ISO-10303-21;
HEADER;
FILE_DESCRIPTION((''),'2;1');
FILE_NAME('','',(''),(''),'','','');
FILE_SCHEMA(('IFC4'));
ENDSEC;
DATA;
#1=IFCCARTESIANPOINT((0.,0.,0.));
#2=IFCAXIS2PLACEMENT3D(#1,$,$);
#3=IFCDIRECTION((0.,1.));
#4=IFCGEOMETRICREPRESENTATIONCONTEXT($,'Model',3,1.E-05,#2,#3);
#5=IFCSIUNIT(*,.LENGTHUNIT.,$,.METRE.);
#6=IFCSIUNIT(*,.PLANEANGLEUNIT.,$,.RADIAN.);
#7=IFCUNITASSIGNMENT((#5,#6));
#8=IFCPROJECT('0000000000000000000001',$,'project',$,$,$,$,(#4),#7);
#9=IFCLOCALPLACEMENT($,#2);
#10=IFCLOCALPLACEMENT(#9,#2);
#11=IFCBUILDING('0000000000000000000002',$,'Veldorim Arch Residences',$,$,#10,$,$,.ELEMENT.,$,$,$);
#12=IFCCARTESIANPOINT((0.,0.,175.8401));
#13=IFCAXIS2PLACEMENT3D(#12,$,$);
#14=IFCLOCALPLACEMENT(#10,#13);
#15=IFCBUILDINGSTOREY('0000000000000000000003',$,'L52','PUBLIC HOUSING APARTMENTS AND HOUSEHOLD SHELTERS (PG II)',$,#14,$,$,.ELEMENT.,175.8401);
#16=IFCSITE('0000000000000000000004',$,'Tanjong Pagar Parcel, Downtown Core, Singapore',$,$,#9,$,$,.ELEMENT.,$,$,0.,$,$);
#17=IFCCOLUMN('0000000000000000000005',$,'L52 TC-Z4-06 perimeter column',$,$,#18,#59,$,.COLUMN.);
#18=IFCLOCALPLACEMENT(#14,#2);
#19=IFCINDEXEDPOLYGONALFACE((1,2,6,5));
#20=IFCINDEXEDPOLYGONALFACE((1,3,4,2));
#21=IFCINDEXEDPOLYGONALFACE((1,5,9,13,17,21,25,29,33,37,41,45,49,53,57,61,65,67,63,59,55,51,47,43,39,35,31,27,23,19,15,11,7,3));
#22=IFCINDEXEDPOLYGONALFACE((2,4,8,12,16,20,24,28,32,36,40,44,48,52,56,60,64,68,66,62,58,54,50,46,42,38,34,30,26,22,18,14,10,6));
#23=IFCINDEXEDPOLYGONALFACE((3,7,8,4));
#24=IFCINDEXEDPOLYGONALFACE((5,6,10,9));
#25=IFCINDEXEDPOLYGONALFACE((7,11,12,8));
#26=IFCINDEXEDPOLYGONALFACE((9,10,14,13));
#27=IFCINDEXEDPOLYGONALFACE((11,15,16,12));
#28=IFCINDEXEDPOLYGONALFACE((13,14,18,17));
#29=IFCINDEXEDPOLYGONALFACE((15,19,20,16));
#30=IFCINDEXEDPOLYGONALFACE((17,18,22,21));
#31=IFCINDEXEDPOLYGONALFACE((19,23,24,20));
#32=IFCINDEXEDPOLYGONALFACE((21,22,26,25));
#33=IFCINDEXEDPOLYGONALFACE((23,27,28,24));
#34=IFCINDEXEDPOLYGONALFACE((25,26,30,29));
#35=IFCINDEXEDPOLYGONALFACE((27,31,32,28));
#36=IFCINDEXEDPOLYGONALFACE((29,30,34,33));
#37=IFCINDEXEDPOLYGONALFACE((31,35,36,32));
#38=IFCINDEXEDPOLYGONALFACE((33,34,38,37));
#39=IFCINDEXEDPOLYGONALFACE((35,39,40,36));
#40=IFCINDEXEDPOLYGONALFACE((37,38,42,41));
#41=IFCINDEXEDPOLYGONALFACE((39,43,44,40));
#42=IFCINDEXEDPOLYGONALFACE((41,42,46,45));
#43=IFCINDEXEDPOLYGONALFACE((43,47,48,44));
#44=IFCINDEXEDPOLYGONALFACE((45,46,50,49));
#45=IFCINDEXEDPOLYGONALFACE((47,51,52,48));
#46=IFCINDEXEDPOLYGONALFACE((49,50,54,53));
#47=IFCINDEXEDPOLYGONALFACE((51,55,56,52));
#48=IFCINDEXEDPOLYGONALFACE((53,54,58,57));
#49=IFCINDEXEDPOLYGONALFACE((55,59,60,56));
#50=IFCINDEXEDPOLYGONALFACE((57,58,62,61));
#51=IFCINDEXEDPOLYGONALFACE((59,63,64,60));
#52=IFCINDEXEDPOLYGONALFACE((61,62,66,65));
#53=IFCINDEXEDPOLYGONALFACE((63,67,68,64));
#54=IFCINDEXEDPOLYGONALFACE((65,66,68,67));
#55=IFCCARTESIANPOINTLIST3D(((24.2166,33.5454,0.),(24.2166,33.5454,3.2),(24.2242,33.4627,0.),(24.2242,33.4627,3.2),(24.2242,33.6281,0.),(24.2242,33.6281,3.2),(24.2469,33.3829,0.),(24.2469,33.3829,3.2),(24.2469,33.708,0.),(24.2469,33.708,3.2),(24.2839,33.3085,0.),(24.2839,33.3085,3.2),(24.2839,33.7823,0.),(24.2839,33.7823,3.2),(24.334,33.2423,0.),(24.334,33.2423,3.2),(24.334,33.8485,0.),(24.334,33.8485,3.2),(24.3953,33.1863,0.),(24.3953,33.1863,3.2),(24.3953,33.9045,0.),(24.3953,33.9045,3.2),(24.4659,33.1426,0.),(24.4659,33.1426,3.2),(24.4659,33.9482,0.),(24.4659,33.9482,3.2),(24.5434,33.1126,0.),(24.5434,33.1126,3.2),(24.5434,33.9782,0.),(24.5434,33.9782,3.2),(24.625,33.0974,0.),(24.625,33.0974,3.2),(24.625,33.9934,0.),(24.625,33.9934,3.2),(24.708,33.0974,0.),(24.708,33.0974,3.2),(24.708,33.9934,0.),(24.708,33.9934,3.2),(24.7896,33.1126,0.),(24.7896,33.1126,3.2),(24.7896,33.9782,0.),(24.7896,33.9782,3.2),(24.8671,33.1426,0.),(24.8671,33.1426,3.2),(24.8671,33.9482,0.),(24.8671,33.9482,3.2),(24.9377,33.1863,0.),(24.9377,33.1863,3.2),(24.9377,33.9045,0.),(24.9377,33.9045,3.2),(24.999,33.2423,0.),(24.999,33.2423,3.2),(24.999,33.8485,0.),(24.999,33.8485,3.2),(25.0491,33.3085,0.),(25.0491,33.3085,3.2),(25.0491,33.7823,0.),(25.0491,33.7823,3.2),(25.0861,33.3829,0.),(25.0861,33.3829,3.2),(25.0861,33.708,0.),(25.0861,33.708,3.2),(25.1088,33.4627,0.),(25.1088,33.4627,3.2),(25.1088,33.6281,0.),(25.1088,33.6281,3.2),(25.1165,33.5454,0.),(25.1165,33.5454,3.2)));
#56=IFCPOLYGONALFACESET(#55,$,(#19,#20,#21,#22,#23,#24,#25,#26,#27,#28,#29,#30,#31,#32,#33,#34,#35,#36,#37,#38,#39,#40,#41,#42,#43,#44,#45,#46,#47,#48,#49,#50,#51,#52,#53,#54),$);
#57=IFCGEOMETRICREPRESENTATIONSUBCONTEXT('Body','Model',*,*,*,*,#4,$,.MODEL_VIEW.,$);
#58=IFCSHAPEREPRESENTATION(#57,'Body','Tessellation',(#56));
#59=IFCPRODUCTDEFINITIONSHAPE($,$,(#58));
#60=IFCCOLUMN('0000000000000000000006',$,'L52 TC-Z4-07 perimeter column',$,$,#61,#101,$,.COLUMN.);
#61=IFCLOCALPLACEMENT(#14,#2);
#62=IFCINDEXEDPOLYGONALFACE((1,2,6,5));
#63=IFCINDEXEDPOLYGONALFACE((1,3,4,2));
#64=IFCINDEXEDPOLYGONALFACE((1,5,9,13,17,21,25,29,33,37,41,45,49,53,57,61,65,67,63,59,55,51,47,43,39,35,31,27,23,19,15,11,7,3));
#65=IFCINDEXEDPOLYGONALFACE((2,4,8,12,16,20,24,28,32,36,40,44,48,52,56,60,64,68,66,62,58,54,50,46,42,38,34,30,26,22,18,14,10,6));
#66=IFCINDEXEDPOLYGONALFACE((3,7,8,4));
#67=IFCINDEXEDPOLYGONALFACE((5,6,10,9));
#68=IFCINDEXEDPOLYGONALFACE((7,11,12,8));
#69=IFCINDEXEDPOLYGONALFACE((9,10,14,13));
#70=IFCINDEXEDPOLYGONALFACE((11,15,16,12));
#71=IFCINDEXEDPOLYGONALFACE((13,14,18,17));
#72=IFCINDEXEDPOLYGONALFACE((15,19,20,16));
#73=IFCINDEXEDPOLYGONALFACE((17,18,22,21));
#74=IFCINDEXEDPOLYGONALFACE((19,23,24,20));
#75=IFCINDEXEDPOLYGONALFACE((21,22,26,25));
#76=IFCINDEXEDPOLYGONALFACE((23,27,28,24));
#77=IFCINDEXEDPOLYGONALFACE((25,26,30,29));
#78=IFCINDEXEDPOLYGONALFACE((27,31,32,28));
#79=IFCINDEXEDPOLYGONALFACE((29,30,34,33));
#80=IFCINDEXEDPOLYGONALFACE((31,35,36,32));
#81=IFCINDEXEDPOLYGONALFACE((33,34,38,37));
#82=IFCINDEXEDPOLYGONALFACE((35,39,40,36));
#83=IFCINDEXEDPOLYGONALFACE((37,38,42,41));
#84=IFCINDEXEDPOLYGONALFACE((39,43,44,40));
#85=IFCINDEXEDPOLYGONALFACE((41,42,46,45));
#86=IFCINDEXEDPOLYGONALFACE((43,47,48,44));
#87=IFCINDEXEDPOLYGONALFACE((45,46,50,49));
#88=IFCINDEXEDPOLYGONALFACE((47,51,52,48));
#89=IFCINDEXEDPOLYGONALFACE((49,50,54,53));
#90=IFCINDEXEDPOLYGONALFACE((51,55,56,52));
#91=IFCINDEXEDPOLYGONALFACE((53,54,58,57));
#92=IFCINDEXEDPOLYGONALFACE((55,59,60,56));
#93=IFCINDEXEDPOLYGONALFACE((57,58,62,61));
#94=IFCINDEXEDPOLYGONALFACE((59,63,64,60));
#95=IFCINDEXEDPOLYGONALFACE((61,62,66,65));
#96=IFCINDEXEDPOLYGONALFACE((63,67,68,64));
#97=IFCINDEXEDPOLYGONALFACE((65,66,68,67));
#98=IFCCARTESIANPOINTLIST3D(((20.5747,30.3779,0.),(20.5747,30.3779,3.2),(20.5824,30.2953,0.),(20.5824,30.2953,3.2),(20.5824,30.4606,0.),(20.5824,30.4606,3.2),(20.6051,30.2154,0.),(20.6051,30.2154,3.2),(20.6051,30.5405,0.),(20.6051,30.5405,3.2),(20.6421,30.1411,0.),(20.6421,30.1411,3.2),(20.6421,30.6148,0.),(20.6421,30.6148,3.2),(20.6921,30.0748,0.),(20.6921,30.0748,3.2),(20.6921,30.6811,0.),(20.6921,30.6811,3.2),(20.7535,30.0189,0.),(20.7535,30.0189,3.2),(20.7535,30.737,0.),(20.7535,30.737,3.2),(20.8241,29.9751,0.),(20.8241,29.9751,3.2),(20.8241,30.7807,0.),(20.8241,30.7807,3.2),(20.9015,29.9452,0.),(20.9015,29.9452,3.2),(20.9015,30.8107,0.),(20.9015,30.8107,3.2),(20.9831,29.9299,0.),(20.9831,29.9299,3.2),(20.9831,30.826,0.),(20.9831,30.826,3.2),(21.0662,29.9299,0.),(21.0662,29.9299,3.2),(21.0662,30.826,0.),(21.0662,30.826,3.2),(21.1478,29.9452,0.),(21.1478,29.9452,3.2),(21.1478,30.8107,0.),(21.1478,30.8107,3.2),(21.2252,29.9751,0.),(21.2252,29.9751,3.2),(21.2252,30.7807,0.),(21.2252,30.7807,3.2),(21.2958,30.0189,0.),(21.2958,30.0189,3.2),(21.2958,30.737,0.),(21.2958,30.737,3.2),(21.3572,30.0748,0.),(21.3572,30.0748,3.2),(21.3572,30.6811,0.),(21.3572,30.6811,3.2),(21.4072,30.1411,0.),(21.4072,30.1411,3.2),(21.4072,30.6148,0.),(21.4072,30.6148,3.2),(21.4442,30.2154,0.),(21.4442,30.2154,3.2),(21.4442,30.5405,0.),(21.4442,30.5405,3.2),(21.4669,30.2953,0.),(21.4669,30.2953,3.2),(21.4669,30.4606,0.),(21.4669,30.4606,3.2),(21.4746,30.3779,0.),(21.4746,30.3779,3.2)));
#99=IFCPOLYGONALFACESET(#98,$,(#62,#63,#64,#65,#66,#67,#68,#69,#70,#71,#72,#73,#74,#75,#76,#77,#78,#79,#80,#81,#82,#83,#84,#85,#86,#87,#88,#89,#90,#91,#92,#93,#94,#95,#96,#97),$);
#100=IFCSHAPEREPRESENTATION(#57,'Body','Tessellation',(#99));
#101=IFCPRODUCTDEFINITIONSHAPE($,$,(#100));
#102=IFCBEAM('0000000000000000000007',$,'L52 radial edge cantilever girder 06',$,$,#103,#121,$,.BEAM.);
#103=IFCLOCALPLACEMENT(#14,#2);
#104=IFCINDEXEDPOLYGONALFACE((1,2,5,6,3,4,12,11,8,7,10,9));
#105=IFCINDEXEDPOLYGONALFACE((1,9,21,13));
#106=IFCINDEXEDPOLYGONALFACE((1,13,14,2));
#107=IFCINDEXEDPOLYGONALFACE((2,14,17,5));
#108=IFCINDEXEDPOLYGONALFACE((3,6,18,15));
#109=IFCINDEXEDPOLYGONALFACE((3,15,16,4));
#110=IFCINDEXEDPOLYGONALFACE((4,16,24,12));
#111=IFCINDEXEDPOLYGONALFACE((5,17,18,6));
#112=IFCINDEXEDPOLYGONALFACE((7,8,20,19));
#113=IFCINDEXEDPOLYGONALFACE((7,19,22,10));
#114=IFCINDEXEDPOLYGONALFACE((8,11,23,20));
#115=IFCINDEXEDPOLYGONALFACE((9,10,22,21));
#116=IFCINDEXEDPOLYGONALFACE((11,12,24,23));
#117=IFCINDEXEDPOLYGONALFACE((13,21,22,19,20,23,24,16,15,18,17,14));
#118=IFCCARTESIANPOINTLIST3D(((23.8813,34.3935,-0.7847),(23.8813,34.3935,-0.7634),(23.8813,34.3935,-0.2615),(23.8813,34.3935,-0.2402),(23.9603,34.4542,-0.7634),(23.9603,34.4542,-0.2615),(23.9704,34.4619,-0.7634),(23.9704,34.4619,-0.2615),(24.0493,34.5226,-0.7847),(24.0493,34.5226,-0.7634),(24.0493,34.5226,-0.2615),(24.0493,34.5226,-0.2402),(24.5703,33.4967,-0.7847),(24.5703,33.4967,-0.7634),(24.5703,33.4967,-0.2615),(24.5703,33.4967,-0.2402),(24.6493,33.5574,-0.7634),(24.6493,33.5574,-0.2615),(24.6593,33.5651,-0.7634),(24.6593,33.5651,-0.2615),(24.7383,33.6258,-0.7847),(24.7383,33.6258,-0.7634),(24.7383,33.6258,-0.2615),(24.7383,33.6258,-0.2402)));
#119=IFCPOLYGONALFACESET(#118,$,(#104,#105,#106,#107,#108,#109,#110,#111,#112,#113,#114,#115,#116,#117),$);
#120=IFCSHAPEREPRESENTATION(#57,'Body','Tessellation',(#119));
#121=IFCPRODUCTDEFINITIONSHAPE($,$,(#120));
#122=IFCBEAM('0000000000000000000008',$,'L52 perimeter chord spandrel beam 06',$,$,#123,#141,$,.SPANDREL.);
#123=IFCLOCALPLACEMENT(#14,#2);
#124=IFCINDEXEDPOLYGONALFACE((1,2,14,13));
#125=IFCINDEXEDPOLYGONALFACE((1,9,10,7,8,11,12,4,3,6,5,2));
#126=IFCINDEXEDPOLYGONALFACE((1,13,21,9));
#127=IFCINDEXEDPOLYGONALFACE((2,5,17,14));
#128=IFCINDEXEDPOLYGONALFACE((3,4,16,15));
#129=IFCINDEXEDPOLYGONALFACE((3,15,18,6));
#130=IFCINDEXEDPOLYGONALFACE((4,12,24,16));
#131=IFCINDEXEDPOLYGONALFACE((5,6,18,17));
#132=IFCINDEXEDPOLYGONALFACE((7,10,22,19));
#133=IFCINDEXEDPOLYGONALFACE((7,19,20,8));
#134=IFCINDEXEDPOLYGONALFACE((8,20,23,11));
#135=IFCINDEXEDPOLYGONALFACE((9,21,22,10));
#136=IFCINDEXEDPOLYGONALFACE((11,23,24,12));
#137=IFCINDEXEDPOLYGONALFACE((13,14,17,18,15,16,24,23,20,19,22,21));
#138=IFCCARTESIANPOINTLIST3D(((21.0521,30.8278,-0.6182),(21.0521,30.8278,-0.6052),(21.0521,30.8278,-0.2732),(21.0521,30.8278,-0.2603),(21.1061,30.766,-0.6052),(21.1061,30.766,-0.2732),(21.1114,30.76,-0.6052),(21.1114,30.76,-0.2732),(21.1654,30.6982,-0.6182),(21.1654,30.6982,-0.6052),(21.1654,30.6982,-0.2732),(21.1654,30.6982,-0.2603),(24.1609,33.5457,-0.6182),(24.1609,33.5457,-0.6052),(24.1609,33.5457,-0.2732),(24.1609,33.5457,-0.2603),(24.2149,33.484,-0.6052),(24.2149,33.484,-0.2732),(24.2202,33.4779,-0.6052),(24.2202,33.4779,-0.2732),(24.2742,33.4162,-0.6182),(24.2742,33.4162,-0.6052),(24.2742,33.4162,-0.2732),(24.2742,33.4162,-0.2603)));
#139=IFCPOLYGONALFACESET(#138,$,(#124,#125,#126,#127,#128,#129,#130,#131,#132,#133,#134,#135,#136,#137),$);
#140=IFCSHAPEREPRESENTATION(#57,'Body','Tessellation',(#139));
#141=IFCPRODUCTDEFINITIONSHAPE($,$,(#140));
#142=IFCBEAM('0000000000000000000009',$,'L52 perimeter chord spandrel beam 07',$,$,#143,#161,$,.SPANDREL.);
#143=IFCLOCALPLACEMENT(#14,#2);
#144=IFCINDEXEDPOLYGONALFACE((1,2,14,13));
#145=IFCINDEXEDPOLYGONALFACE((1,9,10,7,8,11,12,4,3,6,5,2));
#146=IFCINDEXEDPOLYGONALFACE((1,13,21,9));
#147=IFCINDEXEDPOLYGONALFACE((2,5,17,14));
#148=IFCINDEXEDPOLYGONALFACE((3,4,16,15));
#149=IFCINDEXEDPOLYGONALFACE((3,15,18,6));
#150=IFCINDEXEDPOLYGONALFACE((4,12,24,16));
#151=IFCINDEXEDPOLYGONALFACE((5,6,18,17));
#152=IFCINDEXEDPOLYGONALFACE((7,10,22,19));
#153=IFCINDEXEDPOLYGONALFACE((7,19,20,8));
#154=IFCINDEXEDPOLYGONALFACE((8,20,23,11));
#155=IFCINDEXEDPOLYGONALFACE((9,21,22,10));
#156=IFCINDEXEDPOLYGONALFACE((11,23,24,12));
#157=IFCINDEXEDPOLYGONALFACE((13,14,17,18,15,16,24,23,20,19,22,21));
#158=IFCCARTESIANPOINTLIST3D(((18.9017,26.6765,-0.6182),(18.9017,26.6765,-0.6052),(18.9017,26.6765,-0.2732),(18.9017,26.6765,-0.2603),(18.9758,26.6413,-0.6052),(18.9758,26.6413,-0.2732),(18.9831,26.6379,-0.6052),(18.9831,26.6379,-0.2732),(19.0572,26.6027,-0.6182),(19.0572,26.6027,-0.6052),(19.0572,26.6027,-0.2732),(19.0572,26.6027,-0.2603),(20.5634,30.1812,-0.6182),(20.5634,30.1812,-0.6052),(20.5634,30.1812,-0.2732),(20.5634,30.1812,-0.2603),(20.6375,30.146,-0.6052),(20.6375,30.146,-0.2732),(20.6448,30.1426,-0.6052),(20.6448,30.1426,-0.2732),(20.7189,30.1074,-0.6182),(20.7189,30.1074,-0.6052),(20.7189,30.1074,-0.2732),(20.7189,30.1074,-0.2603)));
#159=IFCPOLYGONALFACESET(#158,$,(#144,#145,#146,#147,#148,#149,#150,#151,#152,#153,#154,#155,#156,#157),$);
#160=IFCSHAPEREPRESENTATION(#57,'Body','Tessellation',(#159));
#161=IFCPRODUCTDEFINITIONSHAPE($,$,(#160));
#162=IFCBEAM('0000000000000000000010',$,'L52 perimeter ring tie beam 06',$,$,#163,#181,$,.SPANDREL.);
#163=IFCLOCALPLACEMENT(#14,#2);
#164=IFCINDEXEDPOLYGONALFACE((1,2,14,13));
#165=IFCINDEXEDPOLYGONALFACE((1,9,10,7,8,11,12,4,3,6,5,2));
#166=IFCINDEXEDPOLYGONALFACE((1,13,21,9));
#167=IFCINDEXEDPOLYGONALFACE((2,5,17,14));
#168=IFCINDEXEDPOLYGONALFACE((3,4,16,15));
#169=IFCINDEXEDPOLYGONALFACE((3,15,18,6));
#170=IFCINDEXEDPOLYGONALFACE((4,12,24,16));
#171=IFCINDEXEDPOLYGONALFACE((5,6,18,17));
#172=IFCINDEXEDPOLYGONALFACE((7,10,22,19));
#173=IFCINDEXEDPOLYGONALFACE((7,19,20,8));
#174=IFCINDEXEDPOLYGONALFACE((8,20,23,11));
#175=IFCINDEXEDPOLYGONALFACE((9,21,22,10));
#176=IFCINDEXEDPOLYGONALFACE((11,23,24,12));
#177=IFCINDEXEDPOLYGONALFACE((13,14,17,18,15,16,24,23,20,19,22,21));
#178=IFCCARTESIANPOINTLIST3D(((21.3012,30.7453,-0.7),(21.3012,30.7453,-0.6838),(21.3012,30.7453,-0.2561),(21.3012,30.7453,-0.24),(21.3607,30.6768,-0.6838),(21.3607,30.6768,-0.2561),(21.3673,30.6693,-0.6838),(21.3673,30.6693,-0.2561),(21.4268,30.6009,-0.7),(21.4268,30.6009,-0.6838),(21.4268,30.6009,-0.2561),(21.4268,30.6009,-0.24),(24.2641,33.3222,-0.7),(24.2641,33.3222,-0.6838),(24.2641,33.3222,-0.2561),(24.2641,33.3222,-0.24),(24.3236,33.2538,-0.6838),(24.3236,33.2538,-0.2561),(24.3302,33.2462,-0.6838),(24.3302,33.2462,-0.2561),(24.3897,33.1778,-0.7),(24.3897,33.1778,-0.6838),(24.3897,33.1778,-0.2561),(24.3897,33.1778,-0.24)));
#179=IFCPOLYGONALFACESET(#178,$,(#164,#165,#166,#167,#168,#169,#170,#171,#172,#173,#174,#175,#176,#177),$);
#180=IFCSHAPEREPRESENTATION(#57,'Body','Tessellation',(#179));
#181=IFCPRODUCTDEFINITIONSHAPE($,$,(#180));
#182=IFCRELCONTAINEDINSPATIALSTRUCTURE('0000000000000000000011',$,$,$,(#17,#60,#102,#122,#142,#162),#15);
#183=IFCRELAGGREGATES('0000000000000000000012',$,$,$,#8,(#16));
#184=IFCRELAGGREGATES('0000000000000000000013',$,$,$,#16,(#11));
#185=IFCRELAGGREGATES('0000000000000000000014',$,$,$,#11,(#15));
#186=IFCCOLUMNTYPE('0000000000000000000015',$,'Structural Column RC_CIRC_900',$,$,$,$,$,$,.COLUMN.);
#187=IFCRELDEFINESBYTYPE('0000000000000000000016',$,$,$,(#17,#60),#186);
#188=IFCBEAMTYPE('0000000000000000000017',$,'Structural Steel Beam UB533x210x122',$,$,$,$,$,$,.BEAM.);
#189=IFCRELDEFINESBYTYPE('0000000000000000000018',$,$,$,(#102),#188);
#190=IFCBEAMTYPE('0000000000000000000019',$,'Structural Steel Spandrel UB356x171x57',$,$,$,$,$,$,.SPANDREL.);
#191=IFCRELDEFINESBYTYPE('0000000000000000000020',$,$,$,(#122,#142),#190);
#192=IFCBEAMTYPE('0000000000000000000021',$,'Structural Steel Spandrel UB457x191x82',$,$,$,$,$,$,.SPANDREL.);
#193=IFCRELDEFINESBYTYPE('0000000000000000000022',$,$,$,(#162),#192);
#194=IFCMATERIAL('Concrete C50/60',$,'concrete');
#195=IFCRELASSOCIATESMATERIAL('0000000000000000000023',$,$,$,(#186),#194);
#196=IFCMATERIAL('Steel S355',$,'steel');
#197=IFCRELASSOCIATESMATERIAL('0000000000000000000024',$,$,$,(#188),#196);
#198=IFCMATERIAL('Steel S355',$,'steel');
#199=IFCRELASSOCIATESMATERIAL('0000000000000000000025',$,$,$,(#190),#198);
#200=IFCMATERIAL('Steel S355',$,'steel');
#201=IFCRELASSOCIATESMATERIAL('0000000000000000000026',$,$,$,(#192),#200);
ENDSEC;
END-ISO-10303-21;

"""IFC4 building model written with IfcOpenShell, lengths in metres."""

from ifc_helpers import new_model, si_unit, direction, frame, origin, origin_2d, place, context, subcontext, project, spatial, circle, i_section, extrude, material, material_profile, profile_set, type_object, element, save


model = new_model("IFC4")

# Units and contexts
model_context = context("Model", 3, precision=1e-05, world=origin(), true_north=direction((0.0, 1.0)))
body_context = subcontext(model_context, "Body", "Model", "MODEL_VIEW")
ifc_project = project(units=[si_unit("LENGTHUNIT", "METRE"), si_unit("PLANEANGLEUNIT", "RADIAN")], contexts=[model_context])

# Site, building, storey
site_placement = place(None, origin())
site = spatial("IfcSite", under=ifc_project, at=site_placement, Name="Tanjong Pagar Parcel, Downtown Core, Singapore", CompositionType="ELEMENT", RefElevation=0.0)
building_placement = place(site_placement, origin())
building = spatial("IfcBuilding", under=site, at=building_placement, Name="Veldorim Arch Residences", CompositionType="ELEMENT")
storey_placement = place(building_placement, frame((0.0, 0.0, 175.8401)))
storey = spatial("IfcBuildingStorey", under=building, at=storey_placement, Name="L52", Description="PUBLIC HOUSING APARTMENTS AND HOUSEHOLD SHELTERS (PG II)", CompositionType="ELEMENT", Elevation=175.8401)

# Columns
ifc_material_1 = material(Name="Concrete C50/60", Category="concrete")
ifc_material_profile_1 = material_profile(ifc_material_1, circle(Radius=0.45, at=origin_2d()), Name="RC_CIRC_900")
ifc_profile_set_1 = profile_set([ifc_material_profile_1], Name="Concrete C50/60")
column_type = type_object("IfcColumnType", Name="Structural Column RC_CIRC_900", PredefinedType="COLUMN", material=ifc_profile_set_1)
for number, where, z_axis, x_axis, name in (
    (1, (24.6665, 33.5454, 0.0), (0.0, 0.0, 1.0), (1.0, 0.0, 0.0), "L52 TC-Z4-06 perimeter column"),
    (2, (21.0247, 30.3779, 0.0), (0.0, 0.0, 1.0), (1.0, 0.0, 0.0), "L52 TC-Z4-07 perimeter column"),
):
    element("IfcColumn", number, at=place(storey_placement, frame(where, z_axis=z_axis, x_axis=x_axis)), inside=storey, type_object=column_type, Name=name, PredefinedType="COLUMN", context=body_context, shape_type="SweptSolid", body=[
        extrude(circle(Radius=0.45, at=origin_2d()), origin(), (0.0, 0.0, 1.0), 3.2),
    ])

# Beams
ifc_material_2 = material(Name="Steel S355", Category="steel")
ifc_material_profile_2 = material_profile(ifc_material_2, i_section(OverallWidth=0.2119, OverallDepth=0.5444, WebThickness=0.0127, FlangeThickness=0.0212, at=origin_2d()), Name="UB533x210x122")
ifc_profile_set_2 = profile_set([ifc_material_profile_2], Name="Steel S355")
beam_type_1 = type_object("IfcBeamType", Name="Structural Steel Beam UB533x210x122", PredefinedType="BEAM", material=ifc_profile_set_2)
beam_1_placement = place(storey_placement, frame((24.6543, 33.5613, -0.5125), z_axis=(-0.609252, 0.792977, 0.0), x_axis=(-0.792977, -0.609252, 0.0)))
element("IfcBeam", 3, at=beam_1_placement, inside=storey, type_object=beam_type_1, Name="L52 radial edge cantilever girder 06", PredefinedType="BEAM", context=body_context, shape_type="SweptSolid", body=[
    extrude(i_section(OverallWidth=0.2119, OverallDepth=0.5444, WebThickness=0.0127, FlangeThickness=0.0212, at=origin_2d()), origin(), (0.0, 0.0, 1.0), 1.1309),
])
ifc_material_3 = material(Name="Steel S355", Category="steel")
ifc_material_profile_3 = material_profile(ifc_material_3, i_section(OverallWidth=0.1721, OverallDepth=0.3579, WebThickness=0.0081, FlangeThickness=0.0129, at=origin_2d()), Name="UB356x171x57")
ifc_profile_set_3 = profile_set([ifc_material_profile_3], Name="Steel S355")
beam_type_2 = type_object("IfcBeamType", Name="Structural Steel Spandrel UB356x171x57", PredefinedType="SPANDREL", material=ifc_profile_set_3)
beam_2_placement = place(storey_placement, frame((24.2175, 33.481, -0.4392), z_axis=(-0.752848, -0.658195, 0.0), x_axis=(0.658195, -0.752848, 0.0)))
element("IfcBeam", 4, at=beam_2_placement, inside=storey, type_object=beam_type_2, Name="L52 perimeter chord spandrel beam 06", PredefinedType="SPANDREL", context=body_context, shape_type="SweptSolid", body=[
    extrude(i_section(OverallWidth=0.1721, OverallDepth=0.3579, WebThickness=0.0081, FlangeThickness=0.0129, at=origin_2d()), origin(), (0.0, 0.0, 1.0), 4.1294),
])
beam_3_placement = place(storey_placement, frame((20.6411, 30.1443, -0.4392), z_axis=(-0.428408, -0.903585, 0.0), x_axis=(0.903585, -0.428408, 0.0)))
element("IfcBeam", 5, at=beam_3_placement, inside=storey, type_object=beam_type_2, Name="L52 perimeter chord spandrel beam 07", PredefinedType="SPANDREL", context=body_context, shape_type="SweptSolid", body=[
    extrude(i_section(OverallWidth=0.1721, OverallDepth=0.3579, WebThickness=0.0081, FlangeThickness=0.0129, at=origin_2d()), origin(), (0.0, 0.0, 1.0), 3.8787),
])
ifc_material_4 = material(Name="Steel S355", Category="steel")
ifc_material_profile_4 = material_profile(ifc_material_4, i_section(OverallWidth=0.1914, OverallDepth=0.46, WebThickness=0.01, FlangeThickness=0.0161, at=origin_2d()), Name="UB457x191x82")
ifc_profile_set_4 = profile_set([ifc_material_profile_4], Name="Steel S355")
beam_type_3 = type_object("IfcBeamType", Name="Structural Steel Spandrel UB457x191x82", PredefinedType="SPANDREL", material=ifc_profile_set_4)
beam_4_placement = place(storey_placement, frame((24.3269, 33.25, -0.47), z_axis=(-0.754545, -0.656248, 0.0), x_axis=(0.656248, -0.754545, 0.0)))
element("IfcBeam", 6, at=beam_4_placement, inside=storey, type_object=beam_type_3, Name="L52 perimeter ring tie beam 06", PredefinedType="SPANDREL", context=body_context, shape_type="SweptSolid", body=[
    extrude(i_section(OverallWidth=0.1914, OverallDepth=0.46, WebThickness=0.01, FlangeThickness=0.0161, at=origin_2d()), origin(), (0.0, 0.0, 1.0), 3.9268),
])

save(model, "model.ifc")
